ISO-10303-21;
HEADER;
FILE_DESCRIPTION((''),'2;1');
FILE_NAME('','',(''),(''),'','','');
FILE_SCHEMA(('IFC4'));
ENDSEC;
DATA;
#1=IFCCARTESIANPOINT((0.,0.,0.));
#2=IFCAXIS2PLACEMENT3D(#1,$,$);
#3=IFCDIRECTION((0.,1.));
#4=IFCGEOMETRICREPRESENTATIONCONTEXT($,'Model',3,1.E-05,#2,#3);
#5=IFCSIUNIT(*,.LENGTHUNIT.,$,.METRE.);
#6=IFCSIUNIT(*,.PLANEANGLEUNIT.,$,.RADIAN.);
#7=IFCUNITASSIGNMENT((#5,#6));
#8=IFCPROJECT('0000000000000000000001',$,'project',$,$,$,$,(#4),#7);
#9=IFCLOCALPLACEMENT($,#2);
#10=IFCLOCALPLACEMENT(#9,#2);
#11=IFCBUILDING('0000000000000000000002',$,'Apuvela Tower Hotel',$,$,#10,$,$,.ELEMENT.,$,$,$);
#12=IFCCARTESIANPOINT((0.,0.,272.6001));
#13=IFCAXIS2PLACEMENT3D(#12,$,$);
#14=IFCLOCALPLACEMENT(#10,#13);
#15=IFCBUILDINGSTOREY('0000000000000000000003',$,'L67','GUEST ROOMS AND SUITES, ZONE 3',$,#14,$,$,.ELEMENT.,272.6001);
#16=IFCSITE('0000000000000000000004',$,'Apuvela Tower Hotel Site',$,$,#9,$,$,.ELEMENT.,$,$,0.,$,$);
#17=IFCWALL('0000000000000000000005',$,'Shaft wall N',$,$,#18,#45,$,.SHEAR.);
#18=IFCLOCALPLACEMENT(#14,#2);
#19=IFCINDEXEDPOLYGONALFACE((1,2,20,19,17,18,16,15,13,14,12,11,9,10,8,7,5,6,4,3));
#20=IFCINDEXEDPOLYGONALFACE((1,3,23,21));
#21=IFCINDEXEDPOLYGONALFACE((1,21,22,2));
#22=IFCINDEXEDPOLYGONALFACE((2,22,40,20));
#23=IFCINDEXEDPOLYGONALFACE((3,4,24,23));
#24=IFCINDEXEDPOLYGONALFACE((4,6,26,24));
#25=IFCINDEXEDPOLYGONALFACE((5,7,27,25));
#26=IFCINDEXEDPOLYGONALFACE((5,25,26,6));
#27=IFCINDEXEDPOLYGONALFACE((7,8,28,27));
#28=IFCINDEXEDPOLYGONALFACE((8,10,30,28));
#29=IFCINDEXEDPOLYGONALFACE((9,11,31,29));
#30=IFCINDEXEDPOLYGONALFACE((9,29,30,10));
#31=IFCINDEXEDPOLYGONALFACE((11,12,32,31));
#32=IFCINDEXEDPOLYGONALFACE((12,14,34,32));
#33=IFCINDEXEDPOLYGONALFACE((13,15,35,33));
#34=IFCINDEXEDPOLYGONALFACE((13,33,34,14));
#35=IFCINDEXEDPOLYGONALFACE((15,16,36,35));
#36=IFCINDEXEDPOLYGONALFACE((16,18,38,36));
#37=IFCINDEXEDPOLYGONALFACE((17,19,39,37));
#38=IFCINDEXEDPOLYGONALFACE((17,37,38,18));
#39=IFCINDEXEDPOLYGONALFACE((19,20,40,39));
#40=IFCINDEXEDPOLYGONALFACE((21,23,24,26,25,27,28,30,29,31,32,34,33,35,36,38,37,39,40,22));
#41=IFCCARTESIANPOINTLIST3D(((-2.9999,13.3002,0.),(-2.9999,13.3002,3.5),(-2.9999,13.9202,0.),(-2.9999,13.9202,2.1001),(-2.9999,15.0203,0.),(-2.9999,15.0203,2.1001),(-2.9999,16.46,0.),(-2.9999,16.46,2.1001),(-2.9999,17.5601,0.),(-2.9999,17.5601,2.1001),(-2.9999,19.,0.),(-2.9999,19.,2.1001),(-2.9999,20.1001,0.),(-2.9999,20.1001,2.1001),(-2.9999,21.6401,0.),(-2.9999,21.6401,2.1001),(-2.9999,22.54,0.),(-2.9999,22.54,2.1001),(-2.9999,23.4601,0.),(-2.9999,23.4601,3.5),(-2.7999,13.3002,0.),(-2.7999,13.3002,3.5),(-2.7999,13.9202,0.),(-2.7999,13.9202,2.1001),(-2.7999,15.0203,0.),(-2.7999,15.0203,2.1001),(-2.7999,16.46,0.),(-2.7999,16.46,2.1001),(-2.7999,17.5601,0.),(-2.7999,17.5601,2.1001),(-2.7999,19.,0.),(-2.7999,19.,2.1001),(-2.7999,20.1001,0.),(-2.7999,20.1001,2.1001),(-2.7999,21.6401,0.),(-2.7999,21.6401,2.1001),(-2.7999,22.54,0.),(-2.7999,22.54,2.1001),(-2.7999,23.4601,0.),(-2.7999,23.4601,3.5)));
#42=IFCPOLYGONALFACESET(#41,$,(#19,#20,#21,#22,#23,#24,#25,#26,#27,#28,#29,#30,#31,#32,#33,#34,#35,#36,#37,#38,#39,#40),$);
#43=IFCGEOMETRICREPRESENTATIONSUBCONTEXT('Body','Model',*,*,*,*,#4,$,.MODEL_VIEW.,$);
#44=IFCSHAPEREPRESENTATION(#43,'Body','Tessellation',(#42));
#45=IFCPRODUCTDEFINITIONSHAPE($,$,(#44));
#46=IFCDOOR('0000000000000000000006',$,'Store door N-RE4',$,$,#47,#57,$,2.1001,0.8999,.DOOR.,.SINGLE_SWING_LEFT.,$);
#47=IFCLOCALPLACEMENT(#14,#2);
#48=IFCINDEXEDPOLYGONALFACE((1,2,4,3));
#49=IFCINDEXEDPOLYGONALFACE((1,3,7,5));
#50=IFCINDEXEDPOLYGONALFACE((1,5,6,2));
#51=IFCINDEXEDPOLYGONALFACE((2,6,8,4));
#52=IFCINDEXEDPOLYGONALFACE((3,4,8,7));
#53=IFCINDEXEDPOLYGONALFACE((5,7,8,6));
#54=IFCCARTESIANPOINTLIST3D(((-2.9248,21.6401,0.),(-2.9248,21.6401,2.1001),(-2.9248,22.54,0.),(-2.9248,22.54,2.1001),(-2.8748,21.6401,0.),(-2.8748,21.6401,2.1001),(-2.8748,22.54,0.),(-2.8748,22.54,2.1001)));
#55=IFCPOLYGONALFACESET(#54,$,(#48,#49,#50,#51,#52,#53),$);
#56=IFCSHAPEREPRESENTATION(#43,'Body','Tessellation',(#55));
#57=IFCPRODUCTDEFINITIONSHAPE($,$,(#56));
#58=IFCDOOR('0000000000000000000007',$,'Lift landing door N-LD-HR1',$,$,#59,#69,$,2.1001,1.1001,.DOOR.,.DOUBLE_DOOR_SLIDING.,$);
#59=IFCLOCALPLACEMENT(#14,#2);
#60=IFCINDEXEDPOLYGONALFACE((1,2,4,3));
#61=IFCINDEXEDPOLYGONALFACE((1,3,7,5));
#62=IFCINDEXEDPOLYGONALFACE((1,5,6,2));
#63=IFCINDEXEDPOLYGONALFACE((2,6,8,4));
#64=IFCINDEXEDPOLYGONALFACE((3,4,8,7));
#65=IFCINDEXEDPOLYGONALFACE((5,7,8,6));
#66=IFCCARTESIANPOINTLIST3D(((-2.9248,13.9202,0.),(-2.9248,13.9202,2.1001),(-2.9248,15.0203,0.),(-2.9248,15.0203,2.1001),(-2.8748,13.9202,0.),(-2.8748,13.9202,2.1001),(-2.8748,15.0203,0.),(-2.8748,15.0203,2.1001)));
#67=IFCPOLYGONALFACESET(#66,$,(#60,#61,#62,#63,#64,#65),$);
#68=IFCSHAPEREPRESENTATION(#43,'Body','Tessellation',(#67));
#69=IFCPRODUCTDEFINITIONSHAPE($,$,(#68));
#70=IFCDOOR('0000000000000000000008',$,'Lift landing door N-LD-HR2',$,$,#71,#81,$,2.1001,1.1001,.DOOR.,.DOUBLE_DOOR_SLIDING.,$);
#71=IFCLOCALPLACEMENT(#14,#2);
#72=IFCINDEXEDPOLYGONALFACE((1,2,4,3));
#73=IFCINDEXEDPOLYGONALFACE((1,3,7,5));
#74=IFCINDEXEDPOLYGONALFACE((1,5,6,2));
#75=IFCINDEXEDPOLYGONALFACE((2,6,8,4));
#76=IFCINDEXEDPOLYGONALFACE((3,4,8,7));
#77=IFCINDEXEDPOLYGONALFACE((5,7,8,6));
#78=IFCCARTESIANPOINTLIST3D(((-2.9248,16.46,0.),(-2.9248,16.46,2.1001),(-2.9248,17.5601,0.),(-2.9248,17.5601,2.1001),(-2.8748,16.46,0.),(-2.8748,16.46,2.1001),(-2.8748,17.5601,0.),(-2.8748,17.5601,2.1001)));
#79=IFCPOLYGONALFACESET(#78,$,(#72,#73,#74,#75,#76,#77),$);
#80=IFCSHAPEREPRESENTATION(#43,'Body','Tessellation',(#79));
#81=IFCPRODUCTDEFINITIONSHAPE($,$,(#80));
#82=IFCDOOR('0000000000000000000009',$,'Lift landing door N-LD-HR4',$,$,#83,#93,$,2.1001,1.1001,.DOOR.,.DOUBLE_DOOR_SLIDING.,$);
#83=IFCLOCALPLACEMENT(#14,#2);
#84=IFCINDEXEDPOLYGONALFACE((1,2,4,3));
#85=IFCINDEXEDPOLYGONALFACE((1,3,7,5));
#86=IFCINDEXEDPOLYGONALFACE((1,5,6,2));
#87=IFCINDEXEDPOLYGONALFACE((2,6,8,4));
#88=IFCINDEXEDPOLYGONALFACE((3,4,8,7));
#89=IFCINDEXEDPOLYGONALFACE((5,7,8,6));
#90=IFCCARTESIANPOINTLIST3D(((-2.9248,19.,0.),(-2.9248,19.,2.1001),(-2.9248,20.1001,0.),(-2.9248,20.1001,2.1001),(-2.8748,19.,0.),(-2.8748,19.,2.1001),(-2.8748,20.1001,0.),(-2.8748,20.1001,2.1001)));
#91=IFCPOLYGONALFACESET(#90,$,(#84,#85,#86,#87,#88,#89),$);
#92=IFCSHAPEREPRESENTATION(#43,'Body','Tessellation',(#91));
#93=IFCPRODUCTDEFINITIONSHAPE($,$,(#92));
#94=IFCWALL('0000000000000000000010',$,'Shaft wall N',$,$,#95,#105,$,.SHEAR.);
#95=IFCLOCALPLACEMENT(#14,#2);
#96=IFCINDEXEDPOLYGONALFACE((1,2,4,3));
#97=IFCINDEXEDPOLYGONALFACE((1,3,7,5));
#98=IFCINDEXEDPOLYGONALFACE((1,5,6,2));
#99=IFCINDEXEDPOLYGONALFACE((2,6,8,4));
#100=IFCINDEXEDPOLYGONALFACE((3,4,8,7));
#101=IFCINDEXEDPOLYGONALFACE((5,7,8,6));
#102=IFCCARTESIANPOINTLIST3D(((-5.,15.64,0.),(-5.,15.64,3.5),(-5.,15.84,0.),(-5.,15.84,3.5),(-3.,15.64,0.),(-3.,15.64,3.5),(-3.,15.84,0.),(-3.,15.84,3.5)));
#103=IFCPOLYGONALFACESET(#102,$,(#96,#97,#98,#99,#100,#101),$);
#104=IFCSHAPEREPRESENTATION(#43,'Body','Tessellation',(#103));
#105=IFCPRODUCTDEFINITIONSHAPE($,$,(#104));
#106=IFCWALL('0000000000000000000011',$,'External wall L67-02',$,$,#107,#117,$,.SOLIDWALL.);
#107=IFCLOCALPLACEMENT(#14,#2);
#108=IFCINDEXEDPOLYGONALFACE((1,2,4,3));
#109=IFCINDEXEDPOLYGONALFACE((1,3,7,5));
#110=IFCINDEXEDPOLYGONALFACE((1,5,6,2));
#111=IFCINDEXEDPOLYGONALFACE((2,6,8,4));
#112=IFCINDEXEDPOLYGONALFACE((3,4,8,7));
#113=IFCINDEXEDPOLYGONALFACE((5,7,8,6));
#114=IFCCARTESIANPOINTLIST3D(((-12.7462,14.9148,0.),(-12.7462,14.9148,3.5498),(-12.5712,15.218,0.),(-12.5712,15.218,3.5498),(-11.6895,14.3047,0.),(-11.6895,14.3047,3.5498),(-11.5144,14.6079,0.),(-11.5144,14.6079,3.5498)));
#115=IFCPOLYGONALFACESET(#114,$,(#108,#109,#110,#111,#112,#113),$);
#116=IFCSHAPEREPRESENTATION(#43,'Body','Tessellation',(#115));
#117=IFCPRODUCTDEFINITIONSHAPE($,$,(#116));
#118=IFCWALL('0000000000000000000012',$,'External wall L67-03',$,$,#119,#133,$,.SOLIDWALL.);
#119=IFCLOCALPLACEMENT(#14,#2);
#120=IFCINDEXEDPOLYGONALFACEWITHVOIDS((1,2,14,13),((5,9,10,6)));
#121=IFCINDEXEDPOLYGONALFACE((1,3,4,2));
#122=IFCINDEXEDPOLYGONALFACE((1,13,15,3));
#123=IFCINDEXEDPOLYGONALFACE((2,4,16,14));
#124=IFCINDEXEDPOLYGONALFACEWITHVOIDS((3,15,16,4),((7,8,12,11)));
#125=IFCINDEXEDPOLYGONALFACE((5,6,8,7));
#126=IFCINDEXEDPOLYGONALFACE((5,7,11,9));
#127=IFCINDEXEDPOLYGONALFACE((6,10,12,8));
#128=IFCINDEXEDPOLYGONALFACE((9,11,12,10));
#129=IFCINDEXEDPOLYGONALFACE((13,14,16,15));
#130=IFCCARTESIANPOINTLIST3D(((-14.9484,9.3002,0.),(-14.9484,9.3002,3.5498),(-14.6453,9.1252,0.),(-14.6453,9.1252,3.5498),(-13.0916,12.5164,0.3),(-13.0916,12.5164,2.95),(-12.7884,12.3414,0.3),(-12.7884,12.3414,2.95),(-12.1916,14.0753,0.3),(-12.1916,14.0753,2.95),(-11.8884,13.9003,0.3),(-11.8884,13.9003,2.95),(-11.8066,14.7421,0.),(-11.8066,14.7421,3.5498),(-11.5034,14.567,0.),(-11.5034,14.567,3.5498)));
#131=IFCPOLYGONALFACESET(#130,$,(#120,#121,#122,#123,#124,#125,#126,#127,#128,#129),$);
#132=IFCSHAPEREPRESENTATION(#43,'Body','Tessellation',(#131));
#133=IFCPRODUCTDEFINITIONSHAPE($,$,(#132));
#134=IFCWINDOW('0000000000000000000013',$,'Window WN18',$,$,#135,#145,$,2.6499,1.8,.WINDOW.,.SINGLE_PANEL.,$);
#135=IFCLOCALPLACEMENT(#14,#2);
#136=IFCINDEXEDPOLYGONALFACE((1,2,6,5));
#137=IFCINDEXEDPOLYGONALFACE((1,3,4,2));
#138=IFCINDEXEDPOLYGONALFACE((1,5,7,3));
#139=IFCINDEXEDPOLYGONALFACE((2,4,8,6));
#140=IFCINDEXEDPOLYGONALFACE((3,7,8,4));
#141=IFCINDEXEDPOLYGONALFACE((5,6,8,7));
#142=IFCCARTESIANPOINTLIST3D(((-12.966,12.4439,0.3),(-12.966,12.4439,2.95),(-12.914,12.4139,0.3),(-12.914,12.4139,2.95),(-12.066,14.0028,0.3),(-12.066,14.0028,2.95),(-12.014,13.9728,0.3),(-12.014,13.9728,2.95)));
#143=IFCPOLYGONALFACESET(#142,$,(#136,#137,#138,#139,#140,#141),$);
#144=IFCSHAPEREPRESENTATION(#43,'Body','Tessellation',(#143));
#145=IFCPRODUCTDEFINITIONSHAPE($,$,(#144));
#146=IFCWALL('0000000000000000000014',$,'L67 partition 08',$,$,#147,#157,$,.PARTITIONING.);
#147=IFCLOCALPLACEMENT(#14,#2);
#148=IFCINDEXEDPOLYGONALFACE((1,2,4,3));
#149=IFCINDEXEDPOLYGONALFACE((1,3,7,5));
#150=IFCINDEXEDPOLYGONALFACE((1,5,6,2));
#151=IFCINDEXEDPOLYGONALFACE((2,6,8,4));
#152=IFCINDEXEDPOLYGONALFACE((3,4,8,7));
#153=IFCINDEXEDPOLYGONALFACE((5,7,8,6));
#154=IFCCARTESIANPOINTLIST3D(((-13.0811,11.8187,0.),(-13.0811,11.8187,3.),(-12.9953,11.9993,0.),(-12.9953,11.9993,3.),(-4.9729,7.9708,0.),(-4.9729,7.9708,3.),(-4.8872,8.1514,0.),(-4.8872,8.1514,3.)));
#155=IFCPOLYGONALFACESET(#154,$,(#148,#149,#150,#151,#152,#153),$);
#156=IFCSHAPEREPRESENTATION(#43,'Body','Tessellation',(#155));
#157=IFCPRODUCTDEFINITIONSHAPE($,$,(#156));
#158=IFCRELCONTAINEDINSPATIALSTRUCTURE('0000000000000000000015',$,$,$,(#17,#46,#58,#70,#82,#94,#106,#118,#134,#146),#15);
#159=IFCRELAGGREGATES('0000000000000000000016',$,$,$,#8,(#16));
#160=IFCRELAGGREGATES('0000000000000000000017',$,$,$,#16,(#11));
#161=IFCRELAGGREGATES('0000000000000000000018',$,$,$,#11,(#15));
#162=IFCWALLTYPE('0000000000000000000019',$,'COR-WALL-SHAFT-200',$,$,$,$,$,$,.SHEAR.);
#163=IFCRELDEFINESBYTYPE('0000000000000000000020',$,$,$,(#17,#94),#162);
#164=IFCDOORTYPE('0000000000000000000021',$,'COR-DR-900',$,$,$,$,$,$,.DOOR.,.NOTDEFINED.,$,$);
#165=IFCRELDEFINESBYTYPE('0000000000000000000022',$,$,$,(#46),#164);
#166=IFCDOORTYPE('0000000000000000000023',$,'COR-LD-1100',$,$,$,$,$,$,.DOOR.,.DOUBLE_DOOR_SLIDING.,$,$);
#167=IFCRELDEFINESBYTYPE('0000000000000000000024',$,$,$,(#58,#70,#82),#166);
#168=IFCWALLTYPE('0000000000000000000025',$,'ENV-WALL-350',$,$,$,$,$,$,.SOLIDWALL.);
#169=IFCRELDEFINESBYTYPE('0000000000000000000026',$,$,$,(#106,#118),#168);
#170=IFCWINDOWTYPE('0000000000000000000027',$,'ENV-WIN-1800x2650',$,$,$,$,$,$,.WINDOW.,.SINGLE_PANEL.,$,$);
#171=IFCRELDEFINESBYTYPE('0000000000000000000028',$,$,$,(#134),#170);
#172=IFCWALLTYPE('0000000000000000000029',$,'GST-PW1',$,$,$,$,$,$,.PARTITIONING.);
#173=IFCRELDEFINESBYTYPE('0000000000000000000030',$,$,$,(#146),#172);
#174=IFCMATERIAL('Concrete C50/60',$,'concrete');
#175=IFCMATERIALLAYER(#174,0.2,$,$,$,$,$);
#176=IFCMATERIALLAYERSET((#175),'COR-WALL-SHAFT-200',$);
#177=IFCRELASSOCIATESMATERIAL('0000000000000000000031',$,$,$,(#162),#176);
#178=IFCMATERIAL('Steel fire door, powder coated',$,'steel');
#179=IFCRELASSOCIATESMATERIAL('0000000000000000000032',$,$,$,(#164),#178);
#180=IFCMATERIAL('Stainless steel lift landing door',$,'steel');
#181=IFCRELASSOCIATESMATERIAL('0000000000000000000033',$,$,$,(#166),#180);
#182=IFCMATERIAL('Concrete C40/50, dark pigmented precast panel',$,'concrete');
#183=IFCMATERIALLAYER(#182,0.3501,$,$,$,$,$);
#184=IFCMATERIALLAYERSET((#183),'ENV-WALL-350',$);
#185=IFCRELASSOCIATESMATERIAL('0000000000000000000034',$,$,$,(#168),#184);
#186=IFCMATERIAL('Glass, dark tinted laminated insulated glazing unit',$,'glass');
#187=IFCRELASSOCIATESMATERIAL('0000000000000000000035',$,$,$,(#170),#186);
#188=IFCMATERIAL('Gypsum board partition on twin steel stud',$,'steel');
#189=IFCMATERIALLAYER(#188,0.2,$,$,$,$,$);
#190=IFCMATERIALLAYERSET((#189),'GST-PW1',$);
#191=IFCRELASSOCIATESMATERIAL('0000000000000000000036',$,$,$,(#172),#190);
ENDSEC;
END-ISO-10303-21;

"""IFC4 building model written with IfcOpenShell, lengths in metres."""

from ifc_helpers import new_model, si_unit, direction, frame, frame_2d, origin, place, context, subcontext, project, spatial, rectangle, extrude, material, layer, layer_set, type_object, element, fill, save


model = new_model("IFC4")

# Units and contexts
model_context = context("Model", 3, precision=1e-05, world=origin(), true_north=direction((0.0, 1.0)))
body_context = subcontext(model_context, "Body", "Model", "MODEL_VIEW")
ifc_project = project(units=[si_unit("LENGTHUNIT", "METRE"), si_unit("PLANEANGLEUNIT", "RADIAN")], contexts=[model_context])

# Site, building, storey
site_placement = place(None, origin())
site = spatial("IfcSite", under=ifc_project, at=site_placement, Name="Apuvela Tower Hotel Site", CompositionType="ELEMENT", RefElevation=0.0)
building_placement = place(site_placement, origin())
building = spatial("IfcBuilding", under=site, at=building_placement, Name="Apuvela Tower Hotel", CompositionType="ELEMENT")
storey_placement = place(building_placement, frame((0.0, 0.0, 272.6001)))
storey = spatial("IfcBuildingStorey", under=building, at=storey_placement, Name="L67", Description="GUEST ROOMS AND SUITES, ZONE 3", CompositionType="ELEMENT", Elevation=272.6001)

# Shared definitions
ifc_material_1 = material(Name="Concrete C50/60", Category="concrete")
ifc_layer_1 = layer(ifc_material_1, 0.2)
ifc_layer_set_1 = layer_set([ifc_layer_1], Name="COR-WALL-SHAFT-200")
wall_type_1 = type_object("IfcWallType", Name="COR-WALL-SHAFT-200", PredefinedType="SHEAR", material=ifc_layer_set_1)

# Wall, openings, doors
wall_1_placement = place(storey_placement, frame((-2.8999, 13.3, 0.0), z_axis=(0.0, 0.0, 1.0), x_axis=(0.0, 1.0, 0.0)))
wall_1 = element("IfcWall", 1, at=wall_1_placement, inside=storey, type_object=wall_type_1, Name="Shaft wall N", PredefinedType="SHEAR", context=body_context, shape_type="SweptSolid", body=[
    extrude(rectangle(XDim=10.1599, YDim=0.2, at=frame_2d((5.0801, 0.0))), origin(), (0.0, 0.0, 1.0), 3.5),
])
opening_1_placement = place(wall_1_placement, frame((0.6201, 0.0, 0.0)))
opening_1 = element("IfcOpeningElement", 2, at=opening_1_placement, cuts=wall_1, PredefinedType="OPENING", context=body_context, shape_type="SweptSolid", body=[
    extrude(rectangle(XDim=1.1001, YDim=2.1001, at=frame_2d((0.55, 1.05))), frame((0.0, 0.1099, 0.0), z_axis=(0.0, -1.0, 0.0), x_axis=(1.0, 0.0, 0.0)), (0.0, 0.0, 1.0), 0.22),
])
opening_2_placement = place(wall_1_placement, frame((3.1599, 0.0, 0.0)))
opening_2 = element("IfcOpeningElement", 3, at=opening_2_placement, cuts=wall_1, PredefinedType="OPENING", context=body_context, shape_type="SweptSolid", body=[
    extrude(rectangle(XDim=1.1001, YDim=2.1001, at=frame_2d((0.55, 1.05))), frame((0.0, 0.1099, 0.0), z_axis=(0.0, -1.0, 0.0), x_axis=(1.0, 0.0, 0.0)), (0.0, 0.0, 1.0), 0.22),
])
opening_3_placement = place(wall_1_placement, frame((5.7, 0.0, 0.0)))
opening_3 = element("IfcOpeningElement", 4, at=opening_3_placement, cuts=wall_1, PredefinedType="OPENING", context=body_context, shape_type="SweptSolid", body=[
    extrude(rectangle(XDim=1.1001, YDim=2.1001, at=frame_2d((0.55, 1.05))), frame((0.0, 0.1099, 0.0), z_axis=(0.0, -1.0, 0.0), x_axis=(1.0, 0.0, 0.0)), (0.0, 0.0, 1.0), 0.22),
])
opening_4_placement = place(wall_1_placement, frame((8.3401, 0.0, 0.0)))
opening_4 = element("IfcOpeningElement", 5, at=opening_4_placement, cuts=wall_1, PredefinedType="OPENING", context=body_context, shape_type="SweptSolid", body=[
    extrude(rectangle(XDim=0.8999, YDim=2.1001, at=frame_2d((0.45, 1.05))), frame((0.0, 0.1099, 0.0), z_axis=(0.0, -1.0, 0.0), x_axis=(1.0, 0.0, 0.0)), (0.0, 0.0, 1.0), 0.22),
])
ifc_material_2 = material(Name="Steel fire door, powder coated", Category="steel")
door_type_1 = type_object("IfcDoorType", Name="COR-DR-900", OperationType="NOTDEFINED", PredefinedType="DOOR", material=ifc_material_2)
door_1_placement = place(opening_4_placement, origin())
door_1 = element("IfcDoor", 6, at=door_1_placement, inside=storey, type_object=door_type_1, Name="Store door N-RE4", OperationType="SINGLE_SWING_LEFT", OverallHeight=2.1001, OverallWidth=0.8999, PredefinedType="DOOR", context=body_context, shape_type="SweptSolid", body=[
    extrude(rectangle(XDim=0.8999, YDim=2.1001, at=frame_2d((0.45, 1.05))), frame((0.0, 0.0249, 0.0), z_axis=(0.0, -1.0, 0.0), x_axis=(1.0, 0.0, 0.0)), (0.0, 0.0, 1.0), 0.05),
])
fill(opening_4, door_1)
ifc_material_3 = material(Name="Stainless steel lift landing door", Category="steel")
door_type_2 = type_object("IfcDoorType", Name="COR-LD-1100", OperationType="DOUBLE_DOOR_SLIDING", PredefinedType="DOOR", material=ifc_material_3)
door_2_placement = place(opening_1_placement, origin())
door_2 = element("IfcDoor", 7, at=door_2_placement, inside=storey, type_object=door_type_2, Name="Lift landing door N-LD-HR1", OperationType="DOUBLE_DOOR_SLIDING", OverallHeight=2.1001, OverallWidth=1.1001, PredefinedType="DOOR", context=body_context, shape_type="SweptSolid", body=[
    extrude(rectangle(XDim=1.1001, YDim=2.1001, at=frame_2d((0.55, 1.05))), frame((0.0, 0.0249, 0.0), z_axis=(0.0, -1.0, 0.0), x_axis=(1.0, 0.0, 0.0)), (0.0, 0.0, 1.0), 0.05),
])
fill(opening_1, door_2)
door_3_placement = place(opening_2_placement, origin())
door_3 = element("IfcDoor", 8, at=door_3_placement, inside=storey, type_object=door_type_2, Name="Lift landing door N-LD-HR2", OperationType="DOUBLE_DOOR_SLIDING", OverallHeight=2.1001, OverallWidth=1.1001, PredefinedType="DOOR", context=body_context, shape_type="SweptSolid", body=[
    extrude(rectangle(XDim=1.1001, YDim=2.1001, at=frame_2d((0.55, 1.05))), frame((0.0, 0.0249, 0.0), z_axis=(0.0, -1.0, 0.0), x_axis=(1.0, 0.0, 0.0)), (0.0, 0.0, 1.0), 0.05),
])
fill(opening_2, door_3)
door_4_placement = place(opening_3_placement, origin())
door_4 = element("IfcDoor", 9, at=door_4_placement, inside=storey, type_object=door_type_2, Name="Lift landing door N-LD-HR4", OperationType="DOUBLE_DOOR_SLIDING", OverallHeight=2.1001, OverallWidth=1.1001, PredefinedType="DOOR", context=body_context, shape_type="SweptSolid", body=[
    extrude(rectangle(XDim=1.1001, YDim=2.1001, at=frame_2d((0.55, 1.05))), frame((0.0, 0.0249, 0.0), z_axis=(0.0, -1.0, 0.0), x_axis=(1.0, 0.0, 0.0)), (0.0, 0.0, 1.0), 0.05),
])
fill(opening_3, door_4)

# Walls
wall_2_placement = place(storey_placement, frame((-3.0, 15.74, 0.0), z_axis=(0.0, 0.0, 1.0), x_axis=(-1.0, 0.0, 0.0)))
element("IfcWall", 10, at=wall_2_placement, inside=storey, type_object=wall_type_1, Name="Shaft wall N", PredefinedType="SHEAR", context=body_context, shape_type="SweptSolid", body=[
    extrude(rectangle(XDim=2.0, YDim=0.2, at=frame_2d((1.0, 0.0))), origin(), (0.0, 0.0, 1.0), 3.5),
])
ifc_material_4 = material(Name="Concrete C40/50, dark pigmented precast panel", Category="concrete")
ifc_layer_2 = layer(ifc_material_4, 0.3501)
ifc_layer_set_2 = layer_set([ifc_layer_2], Name="ENV-WALL-350")
wall_type_2 = type_object("IfcWallType", Name="ENV-WALL-350", PredefinedType="SOLIDWALL", material=ifc_layer_set_2)
wall_3_placement = place(storey_placement, frame((-12.6587, 15.0664, 0.0), z_axis=(0.0, 0.0, 1.0), x_axis=(0.866006, -0.500034, 0.0)))
element("IfcWall", 11, at=wall_3_placement, inside=storey, type_object=wall_type_2, Name="External wall L67-02", PredefinedType="SOLIDWALL", context=body_context, shape_type="SweptSolid", body=[
    extrude(rectangle(XDim=1.2202, YDim=0.3501, at=frame_2d((0.6101, 0.0))), origin(), (0.0, 0.0, 1.0), 3.5498),
])

# Wall, opening, window
wall_4_placement = place(storey_placement, frame((-11.655, 14.6545, 0.0), z_axis=(0.0, 0.0, 1.0), x_axis=(-0.499996, -0.866028, 0.0)))
wall_4 = element("IfcWall", 12, at=wall_4_placement, inside=storey, type_object=wall_type_2, Name="External wall L67-03", PredefinedType="SOLIDWALL", context=body_context, shape_type="SweptSolid", body=[
    extrude(rectangle(XDim=6.2837, YDim=0.3501, at=frame_2d((3.1418, 0.0))), origin(), (0.0, 0.0, 1.0), 3.5498),
])
opening_5_placement = place(wall_4_placement, frame((0.77, 0.0, 0.3)))
opening_5 = element("IfcOpeningElement", 13, at=opening_5_placement, cuts=wall_4, PredefinedType="OPENING", context=body_context, shape_type="SweptSolid", body=[
    extrude(rectangle(XDim=1.8, YDim=2.6499, at=frame_2d((0.8999, 1.325))), frame((0.0, 0.1851, 0.0), z_axis=(0.0, -1.0, 0.0), x_axis=(1.0, 0.0, 0.0)), (0.0, 0.0, 1.0), 0.3701),
])
ifc_material_5 = material(Name="Glass, dark tinted laminated insulated glazing unit", Category="glass")
window_type = type_object("IfcWindowType", Name="ENV-WIN-1800x2650", PartitioningType="SINGLE_PANEL", PredefinedType="WINDOW", material=ifc_material_5)
window_placement = place(opening_5_placement, origin())
window = element("IfcWindow", 14, at=window_placement, inside=storey, type_object=window_type, Name="Window WN18", OverallHeight=2.6499, OverallWidth=1.8, PartitioningType="SINGLE_PANEL", PredefinedType="WINDOW", context=body_context, shape_type="SweptSolid", body=[
    extrude(rectangle(XDim=1.8, YDim=2.6499, at=frame_2d((0.8999, 1.325))), frame((0.0, 0.03, 0.0), z_axis=(0.0, -1.0, 0.0), x_axis=(1.0, 0.0, 0.0)), (0.0, 0.0, 1.0), 0.0601),
])
fill(opening_5, window)

# Wall
ifc_material_6 = material(Name="Gypsum board partition on twin steel stud", Category="steel")
ifc_layer_3 = layer(ifc_material_6, 0.2)
ifc_layer_set_3 = layer_set([ifc_layer_3], Name="GST-PW1")
wall_type_3 = type_object("IfcWallType", Name="GST-PW1", PredefinedType="PARTITIONING", material=ifc_layer_set_3)
wall_5_placement = place(storey_placement, frame((-13.0381, 11.9089, 0.0), z_axis=(0.0, 0.0, 1.0), x_axis=(0.903427, -0.428741, 0.0)))
element("IfcWall", 15, at=wall_5_placement, inside=storey, type_object=wall_type_3, Name="L67 partition 08", PredefinedType="PARTITIONING", context=body_context, shape_type="SweptSolid", body=[
    extrude(rectangle(XDim=8.9749, YDim=0.2, at=frame_2d((4.4873, 0.0))), origin(), (0.0, 0.0, 1.0), 3.0),
])

save(model, "model.ifc")
